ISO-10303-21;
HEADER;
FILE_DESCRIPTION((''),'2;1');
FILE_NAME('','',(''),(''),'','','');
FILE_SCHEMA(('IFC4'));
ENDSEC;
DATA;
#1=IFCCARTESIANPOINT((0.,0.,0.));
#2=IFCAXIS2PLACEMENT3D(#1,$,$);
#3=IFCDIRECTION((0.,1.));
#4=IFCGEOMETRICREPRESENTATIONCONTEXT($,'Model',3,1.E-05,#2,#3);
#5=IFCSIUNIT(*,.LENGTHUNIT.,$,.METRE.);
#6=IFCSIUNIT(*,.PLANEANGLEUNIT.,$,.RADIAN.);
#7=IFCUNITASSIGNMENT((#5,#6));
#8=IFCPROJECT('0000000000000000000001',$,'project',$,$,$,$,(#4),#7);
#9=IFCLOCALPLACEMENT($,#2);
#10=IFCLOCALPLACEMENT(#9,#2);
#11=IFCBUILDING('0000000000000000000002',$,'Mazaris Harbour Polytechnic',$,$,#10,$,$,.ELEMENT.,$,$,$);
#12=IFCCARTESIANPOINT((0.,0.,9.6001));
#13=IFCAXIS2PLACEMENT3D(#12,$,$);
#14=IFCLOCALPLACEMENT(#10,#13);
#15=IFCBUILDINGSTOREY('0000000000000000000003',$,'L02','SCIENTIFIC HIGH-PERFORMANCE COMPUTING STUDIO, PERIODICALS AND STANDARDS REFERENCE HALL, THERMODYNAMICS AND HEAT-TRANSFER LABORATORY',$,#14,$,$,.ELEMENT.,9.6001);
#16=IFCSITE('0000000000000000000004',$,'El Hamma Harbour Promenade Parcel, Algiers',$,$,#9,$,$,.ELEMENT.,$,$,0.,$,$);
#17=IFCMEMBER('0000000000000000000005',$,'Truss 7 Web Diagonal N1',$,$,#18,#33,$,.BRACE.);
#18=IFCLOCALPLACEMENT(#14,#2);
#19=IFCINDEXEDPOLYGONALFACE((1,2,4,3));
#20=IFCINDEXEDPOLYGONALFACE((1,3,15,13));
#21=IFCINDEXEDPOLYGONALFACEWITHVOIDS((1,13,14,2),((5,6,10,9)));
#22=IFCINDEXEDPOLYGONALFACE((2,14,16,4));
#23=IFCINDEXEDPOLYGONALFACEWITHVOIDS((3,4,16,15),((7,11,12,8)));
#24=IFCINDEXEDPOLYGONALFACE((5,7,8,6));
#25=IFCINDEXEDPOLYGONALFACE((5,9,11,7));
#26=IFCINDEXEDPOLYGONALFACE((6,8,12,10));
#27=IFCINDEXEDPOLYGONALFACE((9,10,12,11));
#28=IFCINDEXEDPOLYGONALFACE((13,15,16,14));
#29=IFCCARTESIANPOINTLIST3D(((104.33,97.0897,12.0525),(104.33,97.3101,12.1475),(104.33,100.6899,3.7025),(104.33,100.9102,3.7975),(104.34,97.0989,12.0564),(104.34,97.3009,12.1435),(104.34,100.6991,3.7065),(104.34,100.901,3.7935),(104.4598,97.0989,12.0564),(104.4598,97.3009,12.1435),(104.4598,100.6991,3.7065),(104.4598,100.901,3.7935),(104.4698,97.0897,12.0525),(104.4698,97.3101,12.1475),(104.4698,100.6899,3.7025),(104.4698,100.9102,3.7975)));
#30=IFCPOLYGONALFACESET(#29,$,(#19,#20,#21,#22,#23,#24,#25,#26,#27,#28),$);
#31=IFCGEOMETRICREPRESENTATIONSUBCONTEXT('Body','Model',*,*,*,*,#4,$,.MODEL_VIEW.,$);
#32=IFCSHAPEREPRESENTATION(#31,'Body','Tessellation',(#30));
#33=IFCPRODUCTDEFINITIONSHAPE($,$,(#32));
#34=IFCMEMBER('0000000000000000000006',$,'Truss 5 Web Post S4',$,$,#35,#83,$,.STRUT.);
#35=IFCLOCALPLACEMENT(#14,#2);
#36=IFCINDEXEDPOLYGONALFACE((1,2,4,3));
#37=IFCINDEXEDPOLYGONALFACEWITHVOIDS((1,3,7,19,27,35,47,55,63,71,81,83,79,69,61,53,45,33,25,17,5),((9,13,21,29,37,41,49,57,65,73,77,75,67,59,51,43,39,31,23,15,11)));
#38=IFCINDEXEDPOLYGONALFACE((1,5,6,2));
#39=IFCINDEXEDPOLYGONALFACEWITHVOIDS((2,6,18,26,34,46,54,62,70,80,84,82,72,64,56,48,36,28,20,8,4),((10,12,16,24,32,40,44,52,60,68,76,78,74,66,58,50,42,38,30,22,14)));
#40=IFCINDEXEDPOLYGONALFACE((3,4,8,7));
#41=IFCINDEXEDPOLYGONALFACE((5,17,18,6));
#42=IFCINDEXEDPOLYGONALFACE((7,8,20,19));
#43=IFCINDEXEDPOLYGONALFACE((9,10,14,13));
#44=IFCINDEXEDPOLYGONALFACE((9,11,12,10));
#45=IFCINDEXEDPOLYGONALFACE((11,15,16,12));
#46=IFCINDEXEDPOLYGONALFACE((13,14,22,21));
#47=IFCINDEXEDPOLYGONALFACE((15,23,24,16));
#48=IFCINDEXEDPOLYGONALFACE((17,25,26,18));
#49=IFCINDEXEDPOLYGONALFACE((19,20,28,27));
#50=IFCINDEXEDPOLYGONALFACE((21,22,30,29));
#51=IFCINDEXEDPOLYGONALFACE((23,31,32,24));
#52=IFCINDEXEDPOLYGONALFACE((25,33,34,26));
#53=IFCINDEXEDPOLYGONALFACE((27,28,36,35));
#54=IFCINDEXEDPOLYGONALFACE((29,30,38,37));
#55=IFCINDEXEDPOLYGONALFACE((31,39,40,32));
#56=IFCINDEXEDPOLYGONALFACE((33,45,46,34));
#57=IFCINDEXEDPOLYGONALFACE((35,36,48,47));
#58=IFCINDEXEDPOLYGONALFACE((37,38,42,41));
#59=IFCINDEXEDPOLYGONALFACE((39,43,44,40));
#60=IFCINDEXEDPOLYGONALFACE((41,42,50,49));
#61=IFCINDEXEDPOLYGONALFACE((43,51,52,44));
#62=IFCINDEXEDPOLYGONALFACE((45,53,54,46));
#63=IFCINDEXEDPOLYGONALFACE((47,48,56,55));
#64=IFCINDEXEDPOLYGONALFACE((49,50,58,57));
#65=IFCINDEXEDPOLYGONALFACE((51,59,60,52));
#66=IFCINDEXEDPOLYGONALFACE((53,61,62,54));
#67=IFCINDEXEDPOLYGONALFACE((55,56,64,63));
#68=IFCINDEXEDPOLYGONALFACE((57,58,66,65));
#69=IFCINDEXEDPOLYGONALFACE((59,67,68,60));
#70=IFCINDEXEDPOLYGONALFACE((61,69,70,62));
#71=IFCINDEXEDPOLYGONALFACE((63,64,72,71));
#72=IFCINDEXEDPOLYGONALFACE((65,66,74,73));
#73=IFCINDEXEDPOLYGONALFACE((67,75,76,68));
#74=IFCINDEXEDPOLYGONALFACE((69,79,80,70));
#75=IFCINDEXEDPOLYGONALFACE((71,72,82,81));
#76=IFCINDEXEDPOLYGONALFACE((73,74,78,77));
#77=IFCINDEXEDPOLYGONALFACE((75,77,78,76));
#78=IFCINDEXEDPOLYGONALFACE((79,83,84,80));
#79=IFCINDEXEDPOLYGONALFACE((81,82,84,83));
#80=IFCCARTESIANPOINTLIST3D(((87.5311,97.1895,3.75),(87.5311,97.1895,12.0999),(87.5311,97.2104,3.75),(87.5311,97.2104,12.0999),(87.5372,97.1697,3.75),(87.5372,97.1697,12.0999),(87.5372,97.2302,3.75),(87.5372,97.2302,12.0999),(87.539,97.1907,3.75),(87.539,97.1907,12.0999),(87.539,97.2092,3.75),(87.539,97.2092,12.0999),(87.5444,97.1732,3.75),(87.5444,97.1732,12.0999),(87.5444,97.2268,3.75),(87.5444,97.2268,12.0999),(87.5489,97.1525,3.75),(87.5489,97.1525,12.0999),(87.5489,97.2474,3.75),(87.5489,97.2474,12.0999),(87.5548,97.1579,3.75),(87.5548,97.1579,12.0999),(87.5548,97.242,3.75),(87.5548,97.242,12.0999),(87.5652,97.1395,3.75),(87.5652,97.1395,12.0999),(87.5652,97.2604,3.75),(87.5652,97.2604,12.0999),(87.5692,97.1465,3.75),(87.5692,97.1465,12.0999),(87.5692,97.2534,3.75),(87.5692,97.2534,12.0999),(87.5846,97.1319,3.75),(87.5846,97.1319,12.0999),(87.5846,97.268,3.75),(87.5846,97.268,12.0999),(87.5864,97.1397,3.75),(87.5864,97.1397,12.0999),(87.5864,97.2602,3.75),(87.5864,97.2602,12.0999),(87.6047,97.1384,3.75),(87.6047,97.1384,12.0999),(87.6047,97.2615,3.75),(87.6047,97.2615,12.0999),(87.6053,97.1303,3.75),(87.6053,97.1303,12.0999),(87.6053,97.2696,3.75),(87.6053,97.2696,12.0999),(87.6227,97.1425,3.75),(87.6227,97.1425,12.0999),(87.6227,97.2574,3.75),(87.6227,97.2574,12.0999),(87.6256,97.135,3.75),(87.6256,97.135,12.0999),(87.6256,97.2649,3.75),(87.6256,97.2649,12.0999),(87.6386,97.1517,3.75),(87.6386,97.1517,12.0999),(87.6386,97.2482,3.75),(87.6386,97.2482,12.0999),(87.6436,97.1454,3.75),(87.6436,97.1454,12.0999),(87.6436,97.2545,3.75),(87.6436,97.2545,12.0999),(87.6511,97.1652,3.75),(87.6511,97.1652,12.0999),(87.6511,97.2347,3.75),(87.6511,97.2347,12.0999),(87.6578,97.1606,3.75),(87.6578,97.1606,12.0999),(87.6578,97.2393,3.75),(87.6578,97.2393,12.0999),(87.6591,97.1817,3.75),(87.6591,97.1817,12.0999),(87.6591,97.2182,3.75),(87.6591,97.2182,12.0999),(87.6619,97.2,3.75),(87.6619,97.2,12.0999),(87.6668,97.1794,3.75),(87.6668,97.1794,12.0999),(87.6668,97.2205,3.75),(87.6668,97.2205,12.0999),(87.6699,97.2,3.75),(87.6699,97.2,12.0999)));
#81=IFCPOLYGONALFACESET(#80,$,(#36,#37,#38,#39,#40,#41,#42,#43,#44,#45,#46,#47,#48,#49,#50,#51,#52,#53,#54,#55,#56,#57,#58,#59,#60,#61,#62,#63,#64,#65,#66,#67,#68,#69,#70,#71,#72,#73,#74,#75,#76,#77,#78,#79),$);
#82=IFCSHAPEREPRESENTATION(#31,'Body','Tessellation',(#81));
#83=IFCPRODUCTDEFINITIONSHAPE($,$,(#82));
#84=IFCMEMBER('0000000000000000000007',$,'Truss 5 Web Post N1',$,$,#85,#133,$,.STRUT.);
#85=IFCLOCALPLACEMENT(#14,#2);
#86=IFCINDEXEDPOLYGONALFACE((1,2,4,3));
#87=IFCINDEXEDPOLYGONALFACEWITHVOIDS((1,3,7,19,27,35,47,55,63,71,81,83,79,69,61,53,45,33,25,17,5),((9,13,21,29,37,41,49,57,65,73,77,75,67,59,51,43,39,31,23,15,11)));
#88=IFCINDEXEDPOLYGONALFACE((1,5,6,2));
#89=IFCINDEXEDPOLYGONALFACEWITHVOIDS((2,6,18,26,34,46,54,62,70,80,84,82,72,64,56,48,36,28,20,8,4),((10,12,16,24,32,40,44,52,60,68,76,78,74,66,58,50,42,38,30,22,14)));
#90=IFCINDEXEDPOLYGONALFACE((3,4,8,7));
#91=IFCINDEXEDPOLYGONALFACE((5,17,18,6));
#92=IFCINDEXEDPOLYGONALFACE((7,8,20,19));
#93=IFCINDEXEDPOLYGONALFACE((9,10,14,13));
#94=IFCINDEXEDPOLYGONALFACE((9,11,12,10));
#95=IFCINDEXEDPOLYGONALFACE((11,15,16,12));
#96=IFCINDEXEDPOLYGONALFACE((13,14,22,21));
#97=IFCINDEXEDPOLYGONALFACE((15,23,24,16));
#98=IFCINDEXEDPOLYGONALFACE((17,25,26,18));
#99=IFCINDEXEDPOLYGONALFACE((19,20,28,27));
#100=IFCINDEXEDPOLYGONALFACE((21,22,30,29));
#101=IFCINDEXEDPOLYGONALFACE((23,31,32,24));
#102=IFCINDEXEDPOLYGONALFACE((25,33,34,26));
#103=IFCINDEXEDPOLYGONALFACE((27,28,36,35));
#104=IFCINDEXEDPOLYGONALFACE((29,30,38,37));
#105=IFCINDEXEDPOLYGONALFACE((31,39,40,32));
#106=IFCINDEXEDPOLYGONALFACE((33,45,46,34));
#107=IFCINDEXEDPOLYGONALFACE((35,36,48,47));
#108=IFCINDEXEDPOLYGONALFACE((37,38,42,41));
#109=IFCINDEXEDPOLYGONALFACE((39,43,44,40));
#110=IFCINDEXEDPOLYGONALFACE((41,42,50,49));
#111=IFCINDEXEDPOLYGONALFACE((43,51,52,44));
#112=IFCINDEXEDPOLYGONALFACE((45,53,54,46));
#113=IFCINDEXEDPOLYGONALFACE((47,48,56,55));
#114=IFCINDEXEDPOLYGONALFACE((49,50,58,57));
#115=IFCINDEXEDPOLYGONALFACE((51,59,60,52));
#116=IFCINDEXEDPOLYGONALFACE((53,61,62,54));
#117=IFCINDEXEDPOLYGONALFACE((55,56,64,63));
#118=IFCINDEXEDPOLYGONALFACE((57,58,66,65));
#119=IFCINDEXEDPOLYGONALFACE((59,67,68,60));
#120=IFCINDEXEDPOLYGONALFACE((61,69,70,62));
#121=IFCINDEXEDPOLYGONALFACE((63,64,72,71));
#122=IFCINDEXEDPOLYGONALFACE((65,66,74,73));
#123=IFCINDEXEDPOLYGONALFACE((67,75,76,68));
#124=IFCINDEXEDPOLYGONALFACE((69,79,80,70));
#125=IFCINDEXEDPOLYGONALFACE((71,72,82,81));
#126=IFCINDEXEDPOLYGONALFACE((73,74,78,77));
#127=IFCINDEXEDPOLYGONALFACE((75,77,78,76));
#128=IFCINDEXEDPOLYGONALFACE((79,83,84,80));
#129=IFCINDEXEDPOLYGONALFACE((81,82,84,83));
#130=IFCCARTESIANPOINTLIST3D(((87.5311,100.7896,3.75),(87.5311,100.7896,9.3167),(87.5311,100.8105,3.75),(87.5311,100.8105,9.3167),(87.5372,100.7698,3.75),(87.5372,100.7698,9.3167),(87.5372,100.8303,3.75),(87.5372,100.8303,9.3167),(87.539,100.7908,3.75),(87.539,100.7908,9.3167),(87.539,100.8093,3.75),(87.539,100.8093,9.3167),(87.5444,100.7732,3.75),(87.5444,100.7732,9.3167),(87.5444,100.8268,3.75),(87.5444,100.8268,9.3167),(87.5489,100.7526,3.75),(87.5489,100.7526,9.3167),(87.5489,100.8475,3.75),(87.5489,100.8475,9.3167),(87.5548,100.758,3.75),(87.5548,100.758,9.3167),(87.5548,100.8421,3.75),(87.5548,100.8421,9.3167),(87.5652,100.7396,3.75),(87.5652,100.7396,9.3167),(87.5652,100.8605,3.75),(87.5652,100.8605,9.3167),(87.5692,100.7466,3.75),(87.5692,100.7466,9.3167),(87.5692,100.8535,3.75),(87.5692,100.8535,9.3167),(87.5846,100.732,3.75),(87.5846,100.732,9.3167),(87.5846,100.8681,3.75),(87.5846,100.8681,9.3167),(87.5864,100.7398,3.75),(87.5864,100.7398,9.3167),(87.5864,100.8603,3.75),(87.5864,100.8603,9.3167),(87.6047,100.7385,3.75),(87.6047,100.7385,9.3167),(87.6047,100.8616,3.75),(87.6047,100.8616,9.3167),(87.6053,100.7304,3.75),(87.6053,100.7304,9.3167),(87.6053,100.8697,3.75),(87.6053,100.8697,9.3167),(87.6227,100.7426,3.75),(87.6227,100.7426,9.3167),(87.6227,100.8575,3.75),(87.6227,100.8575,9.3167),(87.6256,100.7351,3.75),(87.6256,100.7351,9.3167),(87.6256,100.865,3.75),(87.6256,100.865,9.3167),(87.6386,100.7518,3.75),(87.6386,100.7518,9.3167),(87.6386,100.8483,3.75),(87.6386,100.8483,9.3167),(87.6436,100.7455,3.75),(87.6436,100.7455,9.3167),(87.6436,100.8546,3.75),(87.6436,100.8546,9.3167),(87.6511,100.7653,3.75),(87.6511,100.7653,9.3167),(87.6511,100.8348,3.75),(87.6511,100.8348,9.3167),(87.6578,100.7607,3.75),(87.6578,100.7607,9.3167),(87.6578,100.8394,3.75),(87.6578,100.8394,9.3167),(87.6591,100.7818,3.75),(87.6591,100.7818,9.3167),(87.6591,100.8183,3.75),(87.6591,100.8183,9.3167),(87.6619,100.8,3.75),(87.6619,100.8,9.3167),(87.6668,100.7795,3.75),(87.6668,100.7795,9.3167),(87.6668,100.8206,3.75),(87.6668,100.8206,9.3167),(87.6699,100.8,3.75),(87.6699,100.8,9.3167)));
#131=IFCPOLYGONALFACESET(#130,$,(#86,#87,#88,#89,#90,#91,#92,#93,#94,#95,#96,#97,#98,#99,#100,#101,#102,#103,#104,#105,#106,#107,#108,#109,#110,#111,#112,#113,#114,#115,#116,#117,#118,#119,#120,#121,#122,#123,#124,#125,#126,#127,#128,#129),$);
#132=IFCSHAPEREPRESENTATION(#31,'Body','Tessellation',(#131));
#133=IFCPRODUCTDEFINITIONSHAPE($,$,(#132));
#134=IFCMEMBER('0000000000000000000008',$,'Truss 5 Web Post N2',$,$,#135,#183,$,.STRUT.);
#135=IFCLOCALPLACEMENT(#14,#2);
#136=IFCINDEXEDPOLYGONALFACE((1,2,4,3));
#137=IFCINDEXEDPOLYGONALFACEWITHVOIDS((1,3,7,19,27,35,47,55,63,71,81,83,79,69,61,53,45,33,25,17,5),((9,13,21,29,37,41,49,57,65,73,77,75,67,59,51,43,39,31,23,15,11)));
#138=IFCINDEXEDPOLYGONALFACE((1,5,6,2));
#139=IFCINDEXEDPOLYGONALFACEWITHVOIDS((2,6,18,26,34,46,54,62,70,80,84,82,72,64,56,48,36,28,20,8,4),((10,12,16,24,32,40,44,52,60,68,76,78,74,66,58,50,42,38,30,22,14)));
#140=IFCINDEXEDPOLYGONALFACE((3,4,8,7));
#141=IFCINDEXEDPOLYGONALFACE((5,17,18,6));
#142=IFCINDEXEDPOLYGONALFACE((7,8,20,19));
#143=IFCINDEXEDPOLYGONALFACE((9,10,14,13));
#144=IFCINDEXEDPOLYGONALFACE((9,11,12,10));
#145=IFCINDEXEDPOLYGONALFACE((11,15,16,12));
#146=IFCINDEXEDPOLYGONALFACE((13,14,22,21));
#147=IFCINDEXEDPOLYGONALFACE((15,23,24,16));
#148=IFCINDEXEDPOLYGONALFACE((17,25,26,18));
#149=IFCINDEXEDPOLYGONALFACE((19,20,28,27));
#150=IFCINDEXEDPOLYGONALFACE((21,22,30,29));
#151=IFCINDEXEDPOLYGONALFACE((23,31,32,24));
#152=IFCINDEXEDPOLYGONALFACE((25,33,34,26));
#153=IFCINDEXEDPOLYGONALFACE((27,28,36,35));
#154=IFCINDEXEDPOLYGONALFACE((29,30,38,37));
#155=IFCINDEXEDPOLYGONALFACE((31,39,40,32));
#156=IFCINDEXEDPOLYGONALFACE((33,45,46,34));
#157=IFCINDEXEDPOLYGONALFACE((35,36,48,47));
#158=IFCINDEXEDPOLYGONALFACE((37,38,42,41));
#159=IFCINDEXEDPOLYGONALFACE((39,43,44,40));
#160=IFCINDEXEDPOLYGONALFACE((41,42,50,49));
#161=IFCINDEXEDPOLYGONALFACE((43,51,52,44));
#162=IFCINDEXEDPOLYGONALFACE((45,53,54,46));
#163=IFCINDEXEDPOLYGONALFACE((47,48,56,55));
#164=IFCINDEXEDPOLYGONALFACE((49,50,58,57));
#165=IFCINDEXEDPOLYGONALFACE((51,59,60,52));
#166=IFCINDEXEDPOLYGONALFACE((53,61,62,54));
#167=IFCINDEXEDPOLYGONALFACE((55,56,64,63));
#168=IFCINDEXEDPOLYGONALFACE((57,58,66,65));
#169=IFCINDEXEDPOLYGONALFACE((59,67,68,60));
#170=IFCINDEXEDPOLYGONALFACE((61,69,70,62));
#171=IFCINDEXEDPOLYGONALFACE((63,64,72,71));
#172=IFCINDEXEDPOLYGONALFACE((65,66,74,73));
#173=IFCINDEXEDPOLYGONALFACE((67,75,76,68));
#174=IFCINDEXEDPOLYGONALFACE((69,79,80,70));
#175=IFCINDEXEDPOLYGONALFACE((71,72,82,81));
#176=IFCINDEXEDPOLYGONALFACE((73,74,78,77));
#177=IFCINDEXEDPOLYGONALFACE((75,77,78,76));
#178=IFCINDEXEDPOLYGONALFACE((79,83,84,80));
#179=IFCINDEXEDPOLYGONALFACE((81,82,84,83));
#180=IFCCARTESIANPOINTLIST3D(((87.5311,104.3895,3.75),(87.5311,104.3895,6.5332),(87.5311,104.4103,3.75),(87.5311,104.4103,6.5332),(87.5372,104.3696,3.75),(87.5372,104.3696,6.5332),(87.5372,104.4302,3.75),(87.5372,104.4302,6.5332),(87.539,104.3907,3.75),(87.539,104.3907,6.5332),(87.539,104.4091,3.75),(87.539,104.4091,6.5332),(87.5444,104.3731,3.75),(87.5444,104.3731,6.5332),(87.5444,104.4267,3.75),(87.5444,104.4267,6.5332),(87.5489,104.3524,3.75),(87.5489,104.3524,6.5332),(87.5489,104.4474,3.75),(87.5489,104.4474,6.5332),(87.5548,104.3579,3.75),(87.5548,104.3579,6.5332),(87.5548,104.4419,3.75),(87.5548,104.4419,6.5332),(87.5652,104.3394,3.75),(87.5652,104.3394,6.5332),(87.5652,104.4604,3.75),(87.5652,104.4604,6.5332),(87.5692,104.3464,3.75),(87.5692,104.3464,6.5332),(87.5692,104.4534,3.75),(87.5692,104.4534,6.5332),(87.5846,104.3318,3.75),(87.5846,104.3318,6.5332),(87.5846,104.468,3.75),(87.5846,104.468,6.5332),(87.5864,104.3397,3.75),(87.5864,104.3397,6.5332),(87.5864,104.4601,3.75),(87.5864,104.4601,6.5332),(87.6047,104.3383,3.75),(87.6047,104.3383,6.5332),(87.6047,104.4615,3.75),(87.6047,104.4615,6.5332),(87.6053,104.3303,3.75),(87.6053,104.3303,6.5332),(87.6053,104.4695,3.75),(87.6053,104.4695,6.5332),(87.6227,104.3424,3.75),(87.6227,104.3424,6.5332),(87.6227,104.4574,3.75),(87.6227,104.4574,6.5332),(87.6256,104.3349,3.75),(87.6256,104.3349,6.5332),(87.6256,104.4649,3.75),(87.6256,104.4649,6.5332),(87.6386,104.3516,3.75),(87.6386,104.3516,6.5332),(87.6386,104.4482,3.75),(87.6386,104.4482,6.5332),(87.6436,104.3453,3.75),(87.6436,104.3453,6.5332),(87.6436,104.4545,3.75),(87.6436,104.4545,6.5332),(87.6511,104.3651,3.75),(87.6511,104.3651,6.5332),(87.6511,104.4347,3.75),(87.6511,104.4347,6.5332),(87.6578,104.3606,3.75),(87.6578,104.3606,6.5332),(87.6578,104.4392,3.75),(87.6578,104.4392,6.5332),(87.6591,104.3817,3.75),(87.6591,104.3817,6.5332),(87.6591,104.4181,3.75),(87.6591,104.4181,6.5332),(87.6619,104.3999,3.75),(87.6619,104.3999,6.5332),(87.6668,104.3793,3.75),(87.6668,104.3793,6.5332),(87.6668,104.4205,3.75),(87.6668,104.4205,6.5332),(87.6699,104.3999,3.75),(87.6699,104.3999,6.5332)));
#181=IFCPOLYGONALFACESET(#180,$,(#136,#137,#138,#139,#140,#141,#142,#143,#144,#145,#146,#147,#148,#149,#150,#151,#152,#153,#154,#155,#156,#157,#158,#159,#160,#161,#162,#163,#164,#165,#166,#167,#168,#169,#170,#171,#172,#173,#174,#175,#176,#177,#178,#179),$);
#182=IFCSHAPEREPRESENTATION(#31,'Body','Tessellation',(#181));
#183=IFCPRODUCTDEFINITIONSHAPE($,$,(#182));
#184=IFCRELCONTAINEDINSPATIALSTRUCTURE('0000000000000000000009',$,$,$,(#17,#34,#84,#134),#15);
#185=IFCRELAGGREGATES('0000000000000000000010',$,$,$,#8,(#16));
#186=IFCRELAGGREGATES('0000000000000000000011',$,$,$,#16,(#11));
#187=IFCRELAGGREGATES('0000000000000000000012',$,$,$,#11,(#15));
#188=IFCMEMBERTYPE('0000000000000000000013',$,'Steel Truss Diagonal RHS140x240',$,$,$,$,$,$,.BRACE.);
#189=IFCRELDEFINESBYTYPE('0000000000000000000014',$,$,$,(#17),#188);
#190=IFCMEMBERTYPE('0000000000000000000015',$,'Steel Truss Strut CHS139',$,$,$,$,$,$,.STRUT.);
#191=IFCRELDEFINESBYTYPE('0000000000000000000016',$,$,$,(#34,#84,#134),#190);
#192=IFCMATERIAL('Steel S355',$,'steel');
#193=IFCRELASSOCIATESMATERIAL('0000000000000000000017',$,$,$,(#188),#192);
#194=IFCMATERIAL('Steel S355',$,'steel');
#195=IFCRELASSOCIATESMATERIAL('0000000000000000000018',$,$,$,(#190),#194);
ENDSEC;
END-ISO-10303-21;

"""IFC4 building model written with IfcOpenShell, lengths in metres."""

from ifc_helpers import new_model, si_unit, direction, frame, origin, origin_2d, place, context, subcontext, project, spatial, hollow_rectangle, hollow_circle, extrude, material, material_profile, profile_set, type_object, element, save


model = new_model("IFC4")

# Units and contexts
model_context = context("Model", 3, precision=1e-05, world=origin(), true_north=direction((0.0, 1.0)))
body_context = subcontext(model_context, "Body", "Model", "MODEL_VIEW")
ifc_project = project(units=[si_unit("LENGTHUNIT", "METRE"), si_unit("PLANEANGLEUNIT", "RADIAN")], contexts=[model_context])

# Site, building, storey
site_placement = place(None, origin())
site = spatial("IfcSite", under=ifc_project, at=site_placement, Name="El Hamma Harbour Promenade Parcel, Algiers", CompositionType="ELEMENT", RefElevation=0.0)
building_placement = place(site_placement, origin())
building = spatial("IfcBuilding", under=site, at=building_placement, Name="Mazaris Harbour Polytechnic", CompositionType="ELEMENT")
storey_placement = place(building_placement, frame((0.0, 0.0, 9.6001)))
storey = spatial("IfcBuildingStorey", under=building, at=storey_placement, Name="L02", Description="SCIENTIFIC HIGH-PERFORMANCE COMPUTING STUDIO, PERIODICALS AND STANDARDS REFERENCE HALL, THERMODYNAMICS AND HEAT-TRANSFER LABORATORY", CompositionType="ELEMENT", Elevation=9.6001)

# Members
ifc_material_1 = material(Name="Steel S355", Category="steel")
ifc_material_profile_1 = material_profile(ifc_material_1, hollow_rectangle(XDim=0.1399, YDim=0.24, WallThickness=0.01, at=origin_2d()), Name="RHS 140x240x10.0")
ifc_profile_set_1 = profile_set([ifc_material_profile_1], Name="Steel S355")
member_type_1 = type_object("IfcMemberType", Name="Steel Truss Diagonal RHS140x240", PredefinedType="BRACE", material=ifc_profile_set_1)
for number, where, z_axis, x_axis, name in (
    (1, (104.3999, 100.8, 3.75), (0.0, -0.395924, 0.918283), (1.0, 0.0, 0.0), "Truss 7 Web Diagonal N1"),
):
    element("IfcMember", number, at=place(storey_placement, frame(where, z_axis=z_axis, x_axis=x_axis)), inside=storey, type_object=member_type_1, Name=name, PredefinedType="BRACE", context=body_context, shape_type="SweptSolid", body=[
        extrude(hollow_rectangle(XDim=0.1399, YDim=0.24, WallThickness=0.01, at=origin_2d()), origin(), (0.0, 0.0, 1.0), 9.093),
    ])
ifc_material_2 = material(Name="Steel S355", Category="steel")
ifc_material_profile_2 = material_profile(ifc_material_2, hollow_circle(Radius=0.0698, WallThickness=0.0081, at=origin_2d()), Name="CHS 139.7x8.0")
ifc_profile_set_2 = profile_set([ifc_material_profile_2], Name="Steel S355")
member_type_2 = type_object("IfcMemberType", Name="Steel Truss Strut CHS139", PredefinedType="STRUT", material=ifc_profile_set_2)
member_1_placement = place(storey_placement, frame((87.6001, 97.2, 3.75), z_axis=(0.0, 0.0, 1.0), x_axis=(1.0, 0.0, 0.0)))
element("IfcMember", 2, at=member_1_placement, inside=storey, type_object=member_type_2, Name="Truss 5 Web Post S4", PredefinedType="STRUT", context=body_context, shape_type="SweptSolid", body=[
    extrude(hollow_circle(Radius=0.0698, WallThickness=0.0081, at=origin_2d()), origin(), (0.0, 0.0, 1.0), 8.3499),
])
member_2_placement = place(storey_placement, frame((87.6001, 100.8, 3.75), z_axis=(0.0, 0.0, 1.0), x_axis=(1.0, 0.0, 0.0)))
element("IfcMember", 3, at=member_2_placement, inside=storey, type_object=member_type_2, Name="Truss 5 Web Post N1", PredefinedType="STRUT", context=body_context, shape_type="SweptSolid", body=[
    extrude(hollow_circle(Radius=0.0698, WallThickness=0.0081, at=origin_2d()), origin(), (0.0, 0.0, 1.0), 5.5667),
])
member_3_placement = place(storey_placement, frame((87.6001, 104.3999, 3.75), z_axis=(0.0, 0.0, 1.0), x_axis=(1.0, 0.0, 0.0)))
element("IfcMember", 4, at=member_3_placement, inside=storey, type_object=member_type_2, Name="Truss 5 Web Post N2", PredefinedType="STRUT", context=body_context, shape_type="SweptSolid", body=[
    extrude(hollow_circle(Radius=0.0698, WallThickness=0.0081, at=origin_2d()), origin(), (0.0, 0.0, 1.0), 2.7832),
])

save(model, "model.ifc")
